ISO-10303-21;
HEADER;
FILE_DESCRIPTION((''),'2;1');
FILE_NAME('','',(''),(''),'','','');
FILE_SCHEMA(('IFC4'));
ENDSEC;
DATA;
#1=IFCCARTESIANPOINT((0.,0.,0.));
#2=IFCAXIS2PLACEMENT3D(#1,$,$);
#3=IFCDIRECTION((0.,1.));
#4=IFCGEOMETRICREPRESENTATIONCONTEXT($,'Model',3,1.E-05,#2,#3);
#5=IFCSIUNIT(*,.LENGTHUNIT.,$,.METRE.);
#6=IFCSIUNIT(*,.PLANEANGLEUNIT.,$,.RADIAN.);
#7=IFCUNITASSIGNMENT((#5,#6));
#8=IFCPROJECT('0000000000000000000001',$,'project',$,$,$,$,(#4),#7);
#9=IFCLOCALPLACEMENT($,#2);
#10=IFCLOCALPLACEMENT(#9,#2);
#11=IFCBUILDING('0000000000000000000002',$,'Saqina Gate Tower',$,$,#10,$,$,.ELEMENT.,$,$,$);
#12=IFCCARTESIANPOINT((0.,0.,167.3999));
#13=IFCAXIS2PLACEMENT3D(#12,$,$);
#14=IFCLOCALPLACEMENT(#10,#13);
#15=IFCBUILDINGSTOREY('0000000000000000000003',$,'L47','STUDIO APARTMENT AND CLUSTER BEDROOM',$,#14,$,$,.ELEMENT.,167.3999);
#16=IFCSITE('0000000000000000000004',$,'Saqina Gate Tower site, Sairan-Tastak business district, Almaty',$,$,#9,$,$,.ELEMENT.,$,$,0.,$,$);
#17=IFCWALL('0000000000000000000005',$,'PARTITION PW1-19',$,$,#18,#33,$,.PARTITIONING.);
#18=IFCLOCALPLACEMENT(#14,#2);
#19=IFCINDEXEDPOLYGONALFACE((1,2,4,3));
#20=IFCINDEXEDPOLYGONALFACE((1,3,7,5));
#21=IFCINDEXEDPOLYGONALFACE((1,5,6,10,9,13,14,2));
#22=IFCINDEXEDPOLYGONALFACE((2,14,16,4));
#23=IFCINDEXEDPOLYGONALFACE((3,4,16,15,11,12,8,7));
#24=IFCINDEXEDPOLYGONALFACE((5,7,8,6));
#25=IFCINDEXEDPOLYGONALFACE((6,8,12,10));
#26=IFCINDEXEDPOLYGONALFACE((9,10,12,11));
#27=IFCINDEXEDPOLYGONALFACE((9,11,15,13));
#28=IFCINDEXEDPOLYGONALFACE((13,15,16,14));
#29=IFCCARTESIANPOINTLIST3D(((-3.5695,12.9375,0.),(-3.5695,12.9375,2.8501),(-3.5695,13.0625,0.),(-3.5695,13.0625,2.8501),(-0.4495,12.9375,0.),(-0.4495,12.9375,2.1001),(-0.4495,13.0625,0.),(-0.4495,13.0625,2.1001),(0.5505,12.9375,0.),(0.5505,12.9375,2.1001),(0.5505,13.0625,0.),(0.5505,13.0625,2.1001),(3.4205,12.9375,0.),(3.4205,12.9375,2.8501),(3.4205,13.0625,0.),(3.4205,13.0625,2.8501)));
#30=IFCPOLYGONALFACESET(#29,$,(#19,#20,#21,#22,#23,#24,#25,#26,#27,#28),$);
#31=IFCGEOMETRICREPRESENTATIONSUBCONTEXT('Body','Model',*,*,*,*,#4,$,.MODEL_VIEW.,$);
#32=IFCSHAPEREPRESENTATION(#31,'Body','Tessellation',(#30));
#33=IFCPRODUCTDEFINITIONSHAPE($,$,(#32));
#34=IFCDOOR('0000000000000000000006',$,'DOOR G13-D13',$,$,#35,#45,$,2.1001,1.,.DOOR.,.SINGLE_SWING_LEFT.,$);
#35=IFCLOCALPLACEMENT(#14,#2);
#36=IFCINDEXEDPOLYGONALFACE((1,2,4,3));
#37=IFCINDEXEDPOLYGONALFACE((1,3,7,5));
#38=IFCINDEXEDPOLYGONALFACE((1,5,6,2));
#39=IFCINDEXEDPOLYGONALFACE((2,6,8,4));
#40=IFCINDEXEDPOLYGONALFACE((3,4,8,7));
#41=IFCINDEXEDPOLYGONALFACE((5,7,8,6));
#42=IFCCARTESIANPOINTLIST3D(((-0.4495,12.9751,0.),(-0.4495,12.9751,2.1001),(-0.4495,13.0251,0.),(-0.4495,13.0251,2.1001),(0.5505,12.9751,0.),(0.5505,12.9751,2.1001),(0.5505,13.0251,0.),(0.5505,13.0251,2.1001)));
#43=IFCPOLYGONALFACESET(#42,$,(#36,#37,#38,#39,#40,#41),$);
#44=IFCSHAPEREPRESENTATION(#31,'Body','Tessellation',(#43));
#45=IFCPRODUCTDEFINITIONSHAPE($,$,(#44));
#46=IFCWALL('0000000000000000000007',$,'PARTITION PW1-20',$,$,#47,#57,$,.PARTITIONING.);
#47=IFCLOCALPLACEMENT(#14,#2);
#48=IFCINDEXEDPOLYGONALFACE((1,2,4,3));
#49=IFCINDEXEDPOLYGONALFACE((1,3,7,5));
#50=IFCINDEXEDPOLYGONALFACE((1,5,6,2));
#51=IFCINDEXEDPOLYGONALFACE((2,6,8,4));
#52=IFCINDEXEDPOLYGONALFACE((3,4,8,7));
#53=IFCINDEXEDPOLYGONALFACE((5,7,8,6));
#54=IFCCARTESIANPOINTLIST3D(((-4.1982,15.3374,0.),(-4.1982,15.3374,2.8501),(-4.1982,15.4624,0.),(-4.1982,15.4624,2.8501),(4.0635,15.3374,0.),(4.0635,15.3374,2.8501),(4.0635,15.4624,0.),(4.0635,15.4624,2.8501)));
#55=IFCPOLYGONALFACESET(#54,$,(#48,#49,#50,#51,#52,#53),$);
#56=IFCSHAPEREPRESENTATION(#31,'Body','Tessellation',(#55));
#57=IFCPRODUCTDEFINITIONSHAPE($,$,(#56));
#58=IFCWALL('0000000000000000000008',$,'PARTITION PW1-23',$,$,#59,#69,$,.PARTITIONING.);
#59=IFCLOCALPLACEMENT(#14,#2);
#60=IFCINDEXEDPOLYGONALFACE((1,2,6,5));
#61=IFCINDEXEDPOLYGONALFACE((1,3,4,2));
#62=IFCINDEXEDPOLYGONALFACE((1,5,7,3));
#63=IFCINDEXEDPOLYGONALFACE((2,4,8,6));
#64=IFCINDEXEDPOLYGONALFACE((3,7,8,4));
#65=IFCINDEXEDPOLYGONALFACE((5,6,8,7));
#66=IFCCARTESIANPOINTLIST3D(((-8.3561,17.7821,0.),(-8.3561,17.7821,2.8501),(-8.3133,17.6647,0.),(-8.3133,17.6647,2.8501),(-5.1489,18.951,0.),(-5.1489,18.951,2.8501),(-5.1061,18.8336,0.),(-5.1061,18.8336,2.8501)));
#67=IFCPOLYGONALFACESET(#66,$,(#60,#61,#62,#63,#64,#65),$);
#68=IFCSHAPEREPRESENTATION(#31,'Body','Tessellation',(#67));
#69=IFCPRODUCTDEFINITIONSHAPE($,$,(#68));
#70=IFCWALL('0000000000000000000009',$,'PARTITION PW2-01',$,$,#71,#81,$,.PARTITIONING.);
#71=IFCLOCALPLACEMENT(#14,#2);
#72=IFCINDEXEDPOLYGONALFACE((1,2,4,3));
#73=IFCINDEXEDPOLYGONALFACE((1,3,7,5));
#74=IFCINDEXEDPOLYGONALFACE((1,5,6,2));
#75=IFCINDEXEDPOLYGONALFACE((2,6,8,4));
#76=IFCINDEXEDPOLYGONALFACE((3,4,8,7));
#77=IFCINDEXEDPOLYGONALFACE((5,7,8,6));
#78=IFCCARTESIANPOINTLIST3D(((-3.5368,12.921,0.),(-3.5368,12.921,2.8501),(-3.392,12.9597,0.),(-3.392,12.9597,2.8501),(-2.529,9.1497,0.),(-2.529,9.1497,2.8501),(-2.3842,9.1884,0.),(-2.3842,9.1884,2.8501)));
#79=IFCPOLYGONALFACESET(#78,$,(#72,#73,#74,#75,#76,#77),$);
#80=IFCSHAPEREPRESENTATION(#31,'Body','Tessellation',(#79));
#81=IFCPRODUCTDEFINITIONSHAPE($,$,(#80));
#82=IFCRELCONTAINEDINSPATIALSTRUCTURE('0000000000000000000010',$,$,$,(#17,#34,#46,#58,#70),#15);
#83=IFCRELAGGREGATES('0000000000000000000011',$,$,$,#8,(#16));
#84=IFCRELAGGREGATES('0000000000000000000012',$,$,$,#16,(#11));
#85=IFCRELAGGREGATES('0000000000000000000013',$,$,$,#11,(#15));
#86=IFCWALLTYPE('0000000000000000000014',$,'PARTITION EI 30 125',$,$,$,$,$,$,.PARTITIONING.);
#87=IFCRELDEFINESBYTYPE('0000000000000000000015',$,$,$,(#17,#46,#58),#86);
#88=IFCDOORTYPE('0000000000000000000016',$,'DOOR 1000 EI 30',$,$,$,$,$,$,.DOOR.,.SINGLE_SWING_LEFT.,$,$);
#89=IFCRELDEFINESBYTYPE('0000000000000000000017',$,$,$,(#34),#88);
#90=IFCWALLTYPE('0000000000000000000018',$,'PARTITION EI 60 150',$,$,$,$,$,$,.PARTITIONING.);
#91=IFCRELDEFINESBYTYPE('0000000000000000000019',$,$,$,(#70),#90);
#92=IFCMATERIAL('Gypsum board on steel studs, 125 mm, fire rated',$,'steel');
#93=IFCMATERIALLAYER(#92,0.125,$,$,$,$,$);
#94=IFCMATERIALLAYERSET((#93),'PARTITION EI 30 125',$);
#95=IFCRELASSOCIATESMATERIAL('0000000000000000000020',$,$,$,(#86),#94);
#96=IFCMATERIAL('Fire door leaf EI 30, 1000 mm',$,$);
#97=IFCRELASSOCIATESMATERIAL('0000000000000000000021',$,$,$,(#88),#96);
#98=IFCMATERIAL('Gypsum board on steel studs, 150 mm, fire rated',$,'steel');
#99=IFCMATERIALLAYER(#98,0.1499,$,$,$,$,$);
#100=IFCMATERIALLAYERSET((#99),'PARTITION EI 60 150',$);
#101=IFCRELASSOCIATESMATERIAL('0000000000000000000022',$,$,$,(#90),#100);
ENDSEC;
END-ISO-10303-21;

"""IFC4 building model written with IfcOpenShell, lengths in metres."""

from ifc_helpers import new_model, si_unit, direction, frame, frame_2d, origin, place, context, subcontext, project, spatial, rectangle, extrude, material, layer, layer_set, type_object, element, fill, save


model = new_model("IFC4")

# Units and contexts
model_context = context("Model", 3, precision=1e-05, world=origin(), true_north=direction((0.0, 1.0)))
body_context = subcontext(model_context, "Body", "Model", "MODEL_VIEW")
ifc_project = project(units=[si_unit("LENGTHUNIT", "METRE"), si_unit("PLANEANGLEUNIT", "RADIAN")], contexts=[model_context])

# Site, building, storey
site_placement = place(None, origin())
site = spatial("IfcSite", under=ifc_project, at=site_placement, Name="Saqina Gate Tower site, Sairan-Tastak business district, Almaty", CompositionType="ELEMENT", RefElevation=0.0)
building_placement = place(site_placement, origin())
building = spatial("IfcBuilding", under=site, at=building_placement, Name="Saqina Gate Tower", CompositionType="ELEMENT")
storey_placement = place(building_placement, frame((0.0, 0.0, 167.3999)))
storey = spatial("IfcBuildingStorey", under=building, at=storey_placement, Name="L47", Description="STUDIO APARTMENT AND CLUSTER BEDROOM", CompositionType="ELEMENT", Elevation=167.3999)

# Wall, opening, door
ifc_material_1 = material(Name="Gypsum board on steel studs, 125 mm, fire rated", Category="steel")
ifc_layer_1 = layer(ifc_material_1, 0.125)
ifc_layer_set_1 = layer_set([ifc_layer_1], Name="PARTITION EI 30 125")
wall_type_1 = type_object("IfcWallType", Name="PARTITION EI 30 125", PredefinedType="PARTITIONING", material=ifc_layer_set_1)
wall_1_placement = place(storey_placement, frame((-3.5696, 13.0, 0.0), z_axis=(0.0, 0.0, 1.0), x_axis=(1.0, 0.0, 0.0)))
wall_1 = element("IfcWall", 1, at=wall_1_placement, inside=storey, type_object=wall_type_1, Name="PARTITION PW1-19", PredefinedType="PARTITIONING", context=body_context, shape_type="SweptSolid", body=[
    extrude(rectangle(XDim=6.99, YDim=0.125, at=frame_2d((3.4951, 0.0))), origin(), (0.0, 0.0, 1.0), 2.8501),
])
opening_1_placement = place(wall_1_placement, frame((3.1201, 0.0, 0.0)))
opening_1 = element("IfcOpeningElement", 2, at=opening_1_placement, cuts=wall_1, PredefinedType="OPENING", context=body_context, shape_type="SweptSolid", body=[
    extrude(rectangle(XDim=1.0, YDim=2.1001, at=frame_2d((0.5, 1.05))), frame((0.0, 0.0745, 0.0), z_axis=(0.0, -1.0, 0.0), x_axis=(1.0, 0.0, 0.0)), (0.0, 0.0, 1.0), 0.1489),
])
ifc_material_2 = material(Name="Fire door leaf EI 30, 1000 mm")
door_type_1 = type_object("IfcDoorType", Name="DOOR 1000 EI 30", OperationType="SINGLE_SWING_LEFT", PredefinedType="DOOR", material=ifc_material_2)
door_1_placement = place(opening_1_placement, frame((1.0, 0.0, 0.0), z_axis=(0.0, 0.0, 1.0), x_axis=(-1.0, 0.0, 0.0)))
door_1 = element("IfcDoor", 3, at=door_1_placement, inside=storey, type_object=door_type_1, Name="DOOR G13-D13", OperationType="SINGLE_SWING_LEFT", OverallHeight=2.1001, OverallWidth=1.0, PredefinedType="DOOR", context=body_context, shape_type="SweptSolid", body=[
    extrude(rectangle(XDim=1.0, YDim=2.1001, at=frame_2d((0.5, 1.05))), frame((0.0, 0.0249, 0.0), z_axis=(0.0, -1.0, 0.0), x_axis=(1.0, 0.0, 0.0)), (0.0, 0.0, 1.0), 0.05),
])
fill(opening_1, door_1)

# Walls
wall_2_placement = place(storey_placement, frame((-4.1982, 15.3999, 0.0), z_axis=(0.0, 0.0, 1.0), x_axis=(1.0, 0.0, 0.0)))
element("IfcWall", 4, at=wall_2_placement, inside=storey, type_object=wall_type_1, Name="PARTITION PW1-20", PredefinedType="PARTITIONING", context=body_context, shape_type="SweptSolid", body=[
    extrude(rectangle(XDim=8.2617, YDim=0.125, at=frame_2d((4.1309, 0.0))), origin(), (0.0, 0.0, 1.0), 2.8501),
])
wall_3_placement = place(storey_placement, frame((-8.3347, 17.7234, 0.0), z_axis=(0.0, 0.0, 1.0), x_axis=(0.939543, 0.342432, 0.0)))
element("IfcWall", 5, at=wall_3_placement, inside=storey, type_object=wall_type_1, Name="PARTITION PW1-23", PredefinedType="PARTITIONING", context=body_context, shape_type="SweptSolid", body=[
    extrude(rectangle(XDim=3.4136, YDim=0.125, at=frame_2d((1.7068, 0.0))), origin(), (0.0, 0.0, 1.0), 2.8501),
])
ifc_material_3 = material(Name="Gypsum board on steel studs, 150 mm, fire rated", Category="steel")
ifc_layer_2 = layer(ifc_material_3, 0.1499)
ifc_layer_set_2 = layer_set([ifc_layer_2], Name="PARTITION EI 60 150")
wall_type_2 = type_object("IfcWallType", Name="PARTITION EI 60 150", PredefinedType="PARTITIONING", material=ifc_layer_set_2)
wall_4_placement = place(storey_placement, frame((-3.4644, 12.9402, 0.0), z_axis=(0.0, 0.0, 1.0), x_axis=(0.258176, -0.966098, 0.0)))
element("IfcWall", 6, at=wall_4_placement, inside=storey, type_object=wall_type_2, Name="PARTITION PW2-01", PredefinedType="PARTITIONING", context=body_context, shape_type="SweptSolid", body=[
    extrude(rectangle(XDim=3.9036, YDim=0.1499, at=frame_2d((1.9517, 0.0))), origin(), (0.0, 0.0, 1.0), 2.8501),
])

save(model, "model.ifc")
